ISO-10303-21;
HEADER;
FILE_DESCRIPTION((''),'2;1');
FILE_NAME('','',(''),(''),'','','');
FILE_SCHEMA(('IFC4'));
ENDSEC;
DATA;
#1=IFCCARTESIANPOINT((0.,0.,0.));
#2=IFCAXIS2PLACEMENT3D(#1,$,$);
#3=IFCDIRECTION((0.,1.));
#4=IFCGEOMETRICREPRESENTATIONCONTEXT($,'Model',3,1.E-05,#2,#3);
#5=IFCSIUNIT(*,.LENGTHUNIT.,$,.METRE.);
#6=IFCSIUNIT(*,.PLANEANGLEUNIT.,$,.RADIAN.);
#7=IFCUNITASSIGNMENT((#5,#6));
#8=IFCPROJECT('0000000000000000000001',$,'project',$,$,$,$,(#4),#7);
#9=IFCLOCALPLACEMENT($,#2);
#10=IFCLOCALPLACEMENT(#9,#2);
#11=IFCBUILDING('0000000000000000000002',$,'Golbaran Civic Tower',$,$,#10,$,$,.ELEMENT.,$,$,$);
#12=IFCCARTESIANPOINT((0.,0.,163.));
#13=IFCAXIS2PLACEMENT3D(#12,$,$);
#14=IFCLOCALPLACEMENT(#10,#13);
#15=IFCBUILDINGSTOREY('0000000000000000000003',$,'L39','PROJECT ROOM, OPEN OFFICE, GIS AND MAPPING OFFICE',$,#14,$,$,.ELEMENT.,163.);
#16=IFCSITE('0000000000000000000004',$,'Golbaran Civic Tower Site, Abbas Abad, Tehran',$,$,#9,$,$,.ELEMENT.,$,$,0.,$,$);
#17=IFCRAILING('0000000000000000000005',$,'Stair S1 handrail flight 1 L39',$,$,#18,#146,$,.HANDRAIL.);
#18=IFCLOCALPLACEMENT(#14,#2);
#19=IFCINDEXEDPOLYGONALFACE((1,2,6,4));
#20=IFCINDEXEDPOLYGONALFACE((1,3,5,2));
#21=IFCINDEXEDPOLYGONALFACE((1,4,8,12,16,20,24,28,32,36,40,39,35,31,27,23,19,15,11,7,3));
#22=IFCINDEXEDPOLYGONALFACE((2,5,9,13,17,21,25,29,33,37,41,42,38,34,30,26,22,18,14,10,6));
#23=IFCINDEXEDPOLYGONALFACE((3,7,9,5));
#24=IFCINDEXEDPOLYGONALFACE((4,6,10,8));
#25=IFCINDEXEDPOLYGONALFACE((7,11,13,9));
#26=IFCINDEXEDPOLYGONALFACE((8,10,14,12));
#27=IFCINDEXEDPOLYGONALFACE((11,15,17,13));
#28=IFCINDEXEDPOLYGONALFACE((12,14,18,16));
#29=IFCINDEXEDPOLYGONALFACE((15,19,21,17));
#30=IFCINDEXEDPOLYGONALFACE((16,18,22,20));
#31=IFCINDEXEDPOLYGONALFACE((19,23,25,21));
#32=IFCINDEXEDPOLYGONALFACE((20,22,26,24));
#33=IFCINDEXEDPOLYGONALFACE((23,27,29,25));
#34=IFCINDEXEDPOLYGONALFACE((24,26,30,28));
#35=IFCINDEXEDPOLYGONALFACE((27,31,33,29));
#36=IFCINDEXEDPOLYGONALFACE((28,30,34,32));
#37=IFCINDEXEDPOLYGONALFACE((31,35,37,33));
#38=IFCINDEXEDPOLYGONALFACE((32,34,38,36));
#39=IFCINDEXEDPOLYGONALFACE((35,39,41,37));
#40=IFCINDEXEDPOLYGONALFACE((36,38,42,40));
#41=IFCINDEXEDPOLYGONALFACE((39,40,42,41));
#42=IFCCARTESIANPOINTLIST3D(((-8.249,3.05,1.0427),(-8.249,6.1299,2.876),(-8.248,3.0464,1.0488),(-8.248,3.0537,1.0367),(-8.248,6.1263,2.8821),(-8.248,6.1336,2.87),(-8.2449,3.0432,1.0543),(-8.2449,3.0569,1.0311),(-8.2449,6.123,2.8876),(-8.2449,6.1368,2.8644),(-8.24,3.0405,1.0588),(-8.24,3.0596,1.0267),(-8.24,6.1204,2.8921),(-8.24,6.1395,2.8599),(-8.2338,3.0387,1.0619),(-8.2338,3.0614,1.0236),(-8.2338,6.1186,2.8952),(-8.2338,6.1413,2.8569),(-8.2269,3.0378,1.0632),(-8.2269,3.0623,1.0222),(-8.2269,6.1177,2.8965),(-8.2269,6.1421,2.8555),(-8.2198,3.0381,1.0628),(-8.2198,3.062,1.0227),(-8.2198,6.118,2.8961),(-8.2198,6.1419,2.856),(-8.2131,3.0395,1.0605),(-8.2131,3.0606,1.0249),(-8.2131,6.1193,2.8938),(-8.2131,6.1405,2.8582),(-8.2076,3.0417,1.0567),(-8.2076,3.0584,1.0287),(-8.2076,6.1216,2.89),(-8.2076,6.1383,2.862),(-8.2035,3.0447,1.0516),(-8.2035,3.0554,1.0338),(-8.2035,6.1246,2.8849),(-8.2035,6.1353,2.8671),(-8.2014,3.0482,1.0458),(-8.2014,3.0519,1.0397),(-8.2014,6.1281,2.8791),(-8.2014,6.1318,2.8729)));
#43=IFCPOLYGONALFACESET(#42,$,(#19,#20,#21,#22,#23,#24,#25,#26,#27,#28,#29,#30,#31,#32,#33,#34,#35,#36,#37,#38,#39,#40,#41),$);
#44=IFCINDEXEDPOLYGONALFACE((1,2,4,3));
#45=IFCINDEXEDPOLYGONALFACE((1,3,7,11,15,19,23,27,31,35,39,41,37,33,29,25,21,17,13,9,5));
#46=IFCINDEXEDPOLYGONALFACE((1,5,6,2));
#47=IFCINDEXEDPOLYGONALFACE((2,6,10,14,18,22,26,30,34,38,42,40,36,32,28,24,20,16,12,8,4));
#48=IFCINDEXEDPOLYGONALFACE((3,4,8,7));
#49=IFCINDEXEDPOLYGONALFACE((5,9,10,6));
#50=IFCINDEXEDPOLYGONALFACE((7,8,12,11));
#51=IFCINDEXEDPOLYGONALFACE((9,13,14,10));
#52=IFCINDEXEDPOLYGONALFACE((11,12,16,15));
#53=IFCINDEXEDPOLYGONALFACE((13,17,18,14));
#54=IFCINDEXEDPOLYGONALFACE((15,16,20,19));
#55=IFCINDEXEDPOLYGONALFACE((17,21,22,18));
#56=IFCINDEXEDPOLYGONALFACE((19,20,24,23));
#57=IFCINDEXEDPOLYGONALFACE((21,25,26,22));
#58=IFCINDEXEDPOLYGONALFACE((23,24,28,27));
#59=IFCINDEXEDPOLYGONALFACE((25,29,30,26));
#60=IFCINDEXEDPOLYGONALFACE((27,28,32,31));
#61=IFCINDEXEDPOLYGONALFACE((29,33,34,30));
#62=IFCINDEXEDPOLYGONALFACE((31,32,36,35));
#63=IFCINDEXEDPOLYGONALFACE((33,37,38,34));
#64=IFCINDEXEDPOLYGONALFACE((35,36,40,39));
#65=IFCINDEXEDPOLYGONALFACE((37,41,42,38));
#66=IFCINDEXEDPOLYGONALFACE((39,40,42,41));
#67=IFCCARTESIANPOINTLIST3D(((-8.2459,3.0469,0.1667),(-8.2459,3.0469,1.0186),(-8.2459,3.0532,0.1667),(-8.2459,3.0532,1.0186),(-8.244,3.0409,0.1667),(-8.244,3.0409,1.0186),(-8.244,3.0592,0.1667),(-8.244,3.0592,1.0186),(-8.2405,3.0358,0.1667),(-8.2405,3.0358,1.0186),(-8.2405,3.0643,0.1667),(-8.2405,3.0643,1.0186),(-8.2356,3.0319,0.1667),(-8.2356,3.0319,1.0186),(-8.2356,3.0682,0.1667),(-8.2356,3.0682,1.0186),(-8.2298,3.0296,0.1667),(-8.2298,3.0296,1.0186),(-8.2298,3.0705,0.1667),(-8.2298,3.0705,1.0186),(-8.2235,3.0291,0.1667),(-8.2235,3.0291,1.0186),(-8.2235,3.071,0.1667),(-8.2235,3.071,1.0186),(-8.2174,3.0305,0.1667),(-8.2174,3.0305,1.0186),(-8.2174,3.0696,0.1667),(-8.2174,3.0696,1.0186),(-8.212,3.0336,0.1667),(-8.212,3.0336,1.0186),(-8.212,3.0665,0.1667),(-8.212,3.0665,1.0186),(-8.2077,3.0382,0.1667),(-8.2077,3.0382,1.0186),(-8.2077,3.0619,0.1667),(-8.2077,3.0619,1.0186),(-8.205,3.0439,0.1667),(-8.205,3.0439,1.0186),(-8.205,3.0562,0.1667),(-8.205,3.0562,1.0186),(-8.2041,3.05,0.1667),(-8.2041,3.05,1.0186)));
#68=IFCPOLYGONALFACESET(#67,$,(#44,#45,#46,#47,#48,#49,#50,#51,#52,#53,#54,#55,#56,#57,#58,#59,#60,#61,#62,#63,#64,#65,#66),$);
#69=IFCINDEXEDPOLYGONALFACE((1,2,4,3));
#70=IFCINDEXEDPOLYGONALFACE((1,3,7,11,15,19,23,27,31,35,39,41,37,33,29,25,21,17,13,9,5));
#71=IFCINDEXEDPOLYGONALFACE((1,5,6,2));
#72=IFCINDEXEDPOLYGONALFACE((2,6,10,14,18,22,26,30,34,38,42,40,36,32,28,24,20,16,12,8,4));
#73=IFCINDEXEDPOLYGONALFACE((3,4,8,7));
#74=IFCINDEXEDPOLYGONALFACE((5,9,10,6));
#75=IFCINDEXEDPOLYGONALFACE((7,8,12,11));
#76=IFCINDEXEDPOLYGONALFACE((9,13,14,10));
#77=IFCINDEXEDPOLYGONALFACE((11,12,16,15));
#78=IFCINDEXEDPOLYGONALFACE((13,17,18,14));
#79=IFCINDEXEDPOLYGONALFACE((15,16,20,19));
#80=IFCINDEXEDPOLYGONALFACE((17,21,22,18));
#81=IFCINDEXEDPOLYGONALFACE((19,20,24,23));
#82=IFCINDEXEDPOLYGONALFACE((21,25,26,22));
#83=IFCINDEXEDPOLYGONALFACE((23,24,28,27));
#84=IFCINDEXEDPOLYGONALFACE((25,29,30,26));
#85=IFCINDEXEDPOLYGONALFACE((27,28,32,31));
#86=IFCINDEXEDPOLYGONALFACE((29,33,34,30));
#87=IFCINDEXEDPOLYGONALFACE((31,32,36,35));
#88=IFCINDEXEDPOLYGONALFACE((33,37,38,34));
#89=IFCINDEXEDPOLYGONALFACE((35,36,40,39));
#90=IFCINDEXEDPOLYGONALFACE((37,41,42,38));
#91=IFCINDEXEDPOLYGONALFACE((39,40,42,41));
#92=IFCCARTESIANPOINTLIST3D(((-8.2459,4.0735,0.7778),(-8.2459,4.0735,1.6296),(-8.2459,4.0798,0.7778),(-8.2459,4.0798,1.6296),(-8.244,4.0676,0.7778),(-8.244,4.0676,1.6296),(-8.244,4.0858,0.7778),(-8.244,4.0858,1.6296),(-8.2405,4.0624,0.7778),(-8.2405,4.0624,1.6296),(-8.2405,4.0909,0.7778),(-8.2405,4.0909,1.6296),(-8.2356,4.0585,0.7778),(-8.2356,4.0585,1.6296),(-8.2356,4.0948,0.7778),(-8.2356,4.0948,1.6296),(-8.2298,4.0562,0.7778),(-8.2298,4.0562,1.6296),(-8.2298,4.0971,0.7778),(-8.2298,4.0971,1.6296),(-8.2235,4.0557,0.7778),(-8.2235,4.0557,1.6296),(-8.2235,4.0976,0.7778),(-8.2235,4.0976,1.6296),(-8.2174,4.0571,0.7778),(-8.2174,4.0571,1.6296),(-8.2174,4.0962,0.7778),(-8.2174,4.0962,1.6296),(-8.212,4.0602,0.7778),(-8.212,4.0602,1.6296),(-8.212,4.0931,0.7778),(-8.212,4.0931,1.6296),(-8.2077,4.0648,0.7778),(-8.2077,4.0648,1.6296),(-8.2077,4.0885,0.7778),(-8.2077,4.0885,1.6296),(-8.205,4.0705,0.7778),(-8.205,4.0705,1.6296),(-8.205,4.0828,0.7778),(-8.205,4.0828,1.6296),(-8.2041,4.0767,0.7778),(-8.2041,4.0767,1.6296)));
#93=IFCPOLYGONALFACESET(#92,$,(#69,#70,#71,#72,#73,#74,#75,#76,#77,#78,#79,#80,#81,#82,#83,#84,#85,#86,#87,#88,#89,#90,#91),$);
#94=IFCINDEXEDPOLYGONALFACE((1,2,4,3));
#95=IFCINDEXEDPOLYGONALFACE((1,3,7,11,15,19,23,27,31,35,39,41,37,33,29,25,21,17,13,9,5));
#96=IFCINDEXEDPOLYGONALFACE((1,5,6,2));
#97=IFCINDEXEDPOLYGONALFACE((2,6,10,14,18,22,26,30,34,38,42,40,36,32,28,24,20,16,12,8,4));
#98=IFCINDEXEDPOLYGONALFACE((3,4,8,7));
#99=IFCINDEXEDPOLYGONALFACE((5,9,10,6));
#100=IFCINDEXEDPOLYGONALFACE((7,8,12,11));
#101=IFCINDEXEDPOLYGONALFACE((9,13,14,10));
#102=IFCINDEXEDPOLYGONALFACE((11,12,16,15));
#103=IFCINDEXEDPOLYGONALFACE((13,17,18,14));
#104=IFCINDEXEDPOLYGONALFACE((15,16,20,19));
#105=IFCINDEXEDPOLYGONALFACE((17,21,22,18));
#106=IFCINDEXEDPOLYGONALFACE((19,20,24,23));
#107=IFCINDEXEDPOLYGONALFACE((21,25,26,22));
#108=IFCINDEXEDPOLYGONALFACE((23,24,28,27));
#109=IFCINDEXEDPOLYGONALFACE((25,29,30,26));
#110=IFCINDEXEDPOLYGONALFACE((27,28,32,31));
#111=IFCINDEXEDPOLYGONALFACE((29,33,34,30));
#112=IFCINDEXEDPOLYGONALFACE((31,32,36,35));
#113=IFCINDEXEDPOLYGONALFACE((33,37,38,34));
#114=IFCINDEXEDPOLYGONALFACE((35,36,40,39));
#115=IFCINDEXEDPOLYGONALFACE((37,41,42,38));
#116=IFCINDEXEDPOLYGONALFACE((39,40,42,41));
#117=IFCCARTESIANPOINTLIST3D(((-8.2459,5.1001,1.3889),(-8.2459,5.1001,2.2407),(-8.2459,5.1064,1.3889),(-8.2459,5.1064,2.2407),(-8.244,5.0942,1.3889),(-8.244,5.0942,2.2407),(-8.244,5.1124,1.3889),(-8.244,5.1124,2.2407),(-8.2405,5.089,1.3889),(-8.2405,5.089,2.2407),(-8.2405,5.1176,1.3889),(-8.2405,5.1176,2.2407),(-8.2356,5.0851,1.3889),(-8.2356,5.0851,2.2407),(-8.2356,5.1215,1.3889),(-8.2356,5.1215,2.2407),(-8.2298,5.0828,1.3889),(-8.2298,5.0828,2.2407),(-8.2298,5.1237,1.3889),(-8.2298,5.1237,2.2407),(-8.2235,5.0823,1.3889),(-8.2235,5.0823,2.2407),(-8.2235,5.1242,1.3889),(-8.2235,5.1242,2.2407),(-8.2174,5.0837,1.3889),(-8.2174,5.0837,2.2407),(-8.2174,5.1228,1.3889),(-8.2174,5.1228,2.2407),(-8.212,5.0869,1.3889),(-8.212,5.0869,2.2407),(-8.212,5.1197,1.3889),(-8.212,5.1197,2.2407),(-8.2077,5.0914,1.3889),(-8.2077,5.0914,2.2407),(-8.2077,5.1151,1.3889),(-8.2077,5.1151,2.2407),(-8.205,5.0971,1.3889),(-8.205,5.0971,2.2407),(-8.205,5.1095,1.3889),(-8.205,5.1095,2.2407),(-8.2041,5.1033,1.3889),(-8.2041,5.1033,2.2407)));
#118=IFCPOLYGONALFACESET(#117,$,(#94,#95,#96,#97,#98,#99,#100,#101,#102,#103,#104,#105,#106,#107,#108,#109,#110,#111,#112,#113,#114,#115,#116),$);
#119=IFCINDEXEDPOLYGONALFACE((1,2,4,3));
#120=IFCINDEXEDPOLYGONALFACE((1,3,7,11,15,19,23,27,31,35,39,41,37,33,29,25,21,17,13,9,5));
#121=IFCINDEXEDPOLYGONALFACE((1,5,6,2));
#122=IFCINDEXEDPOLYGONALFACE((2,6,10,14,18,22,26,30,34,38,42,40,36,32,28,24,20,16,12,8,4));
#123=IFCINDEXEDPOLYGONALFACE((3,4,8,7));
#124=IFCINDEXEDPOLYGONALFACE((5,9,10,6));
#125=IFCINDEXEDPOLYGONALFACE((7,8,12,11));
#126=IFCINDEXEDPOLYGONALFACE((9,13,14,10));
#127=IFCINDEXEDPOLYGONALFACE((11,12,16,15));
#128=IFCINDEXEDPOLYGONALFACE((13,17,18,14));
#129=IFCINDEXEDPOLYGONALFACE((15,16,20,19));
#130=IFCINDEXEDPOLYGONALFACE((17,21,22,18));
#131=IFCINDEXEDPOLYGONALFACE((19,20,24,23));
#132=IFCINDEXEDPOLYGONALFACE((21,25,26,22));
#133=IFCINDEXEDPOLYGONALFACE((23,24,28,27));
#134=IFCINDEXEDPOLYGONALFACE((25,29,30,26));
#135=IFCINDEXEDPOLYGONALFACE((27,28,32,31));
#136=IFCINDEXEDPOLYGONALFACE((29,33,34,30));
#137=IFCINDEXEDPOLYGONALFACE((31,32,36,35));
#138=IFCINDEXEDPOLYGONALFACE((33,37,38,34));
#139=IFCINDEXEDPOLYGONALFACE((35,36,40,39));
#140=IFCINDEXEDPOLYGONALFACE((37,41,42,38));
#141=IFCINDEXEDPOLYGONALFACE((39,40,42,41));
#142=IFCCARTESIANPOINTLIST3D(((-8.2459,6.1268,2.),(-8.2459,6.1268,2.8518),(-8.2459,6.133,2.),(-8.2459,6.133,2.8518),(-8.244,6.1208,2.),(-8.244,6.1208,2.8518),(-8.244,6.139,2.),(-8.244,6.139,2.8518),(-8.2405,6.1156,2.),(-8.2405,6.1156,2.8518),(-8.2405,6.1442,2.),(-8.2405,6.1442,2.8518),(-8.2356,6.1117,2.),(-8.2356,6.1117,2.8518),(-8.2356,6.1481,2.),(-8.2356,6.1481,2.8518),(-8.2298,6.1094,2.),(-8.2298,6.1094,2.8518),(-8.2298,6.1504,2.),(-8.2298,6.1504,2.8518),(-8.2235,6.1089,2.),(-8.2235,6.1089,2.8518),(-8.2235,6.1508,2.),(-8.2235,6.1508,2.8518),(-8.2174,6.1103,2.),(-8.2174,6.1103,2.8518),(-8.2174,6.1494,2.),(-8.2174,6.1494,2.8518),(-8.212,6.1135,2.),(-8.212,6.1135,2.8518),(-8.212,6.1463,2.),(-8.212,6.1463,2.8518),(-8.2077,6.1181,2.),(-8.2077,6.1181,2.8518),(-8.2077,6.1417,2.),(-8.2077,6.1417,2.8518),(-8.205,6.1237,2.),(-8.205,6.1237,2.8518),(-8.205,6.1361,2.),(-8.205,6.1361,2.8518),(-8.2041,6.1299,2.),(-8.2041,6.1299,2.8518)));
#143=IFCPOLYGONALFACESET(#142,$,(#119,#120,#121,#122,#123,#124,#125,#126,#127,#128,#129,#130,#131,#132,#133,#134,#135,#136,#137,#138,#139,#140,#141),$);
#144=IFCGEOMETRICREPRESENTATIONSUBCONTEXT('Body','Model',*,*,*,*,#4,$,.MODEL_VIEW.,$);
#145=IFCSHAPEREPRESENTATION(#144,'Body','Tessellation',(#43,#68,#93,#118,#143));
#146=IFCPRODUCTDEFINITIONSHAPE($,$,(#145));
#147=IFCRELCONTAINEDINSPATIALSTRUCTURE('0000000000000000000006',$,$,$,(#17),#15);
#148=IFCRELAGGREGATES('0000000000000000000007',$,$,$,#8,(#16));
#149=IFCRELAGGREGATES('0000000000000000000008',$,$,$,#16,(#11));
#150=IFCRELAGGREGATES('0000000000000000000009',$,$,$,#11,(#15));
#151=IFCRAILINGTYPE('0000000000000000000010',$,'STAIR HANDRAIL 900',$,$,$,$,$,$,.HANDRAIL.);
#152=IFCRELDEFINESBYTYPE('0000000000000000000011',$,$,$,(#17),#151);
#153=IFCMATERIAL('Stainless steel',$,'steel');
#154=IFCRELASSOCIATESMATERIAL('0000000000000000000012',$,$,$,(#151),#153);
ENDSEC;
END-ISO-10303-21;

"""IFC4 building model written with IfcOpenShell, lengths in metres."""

from ifc_helpers import new_model, si_unit, direction, frame, origin, origin_2d, place, context, subcontext, project, spatial, circle, extrude, material, type_object, element, save


model = new_model("IFC4")

# Units and contexts
model_context = context("Model", 3, precision=1e-05, world=origin(), true_north=direction((0.0, 1.0)))
body_context = subcontext(model_context, "Body", "Model", "MODEL_VIEW")
ifc_project = project(units=[si_unit("LENGTHUNIT", "METRE"), si_unit("PLANEANGLEUNIT", "RADIAN")], contexts=[model_context])

# Site, building, storey
site_placement = place(None, origin())
site = spatial("IfcSite", under=ifc_project, at=site_placement, Name="Golbaran Civic Tower Site, Abbas Abad, Tehran", CompositionType="ELEMENT", RefElevation=0.0)
building_placement = place(site_placement, origin())
building = spatial("IfcBuilding", under=site, at=building_placement, Name="Golbaran Civic Tower", CompositionType="ELEMENT")
storey_placement = place(building_placement, frame((0.0, 0.0, 163.0)))
storey = spatial("IfcBuildingStorey", under=building, at=storey_placement, Name="L39", Description="PROJECT ROOM, OPEN OFFICE, GIS AND MAPPING OFFICE", CompositionType="ELEMENT", Elevation=163.0)

# Shared definitions
ifc_material_1 = material(Name="Stainless steel", Category="steel")

# Railing
railing_type = type_object("IfcRailingType", Name="STAIR HANDRAIL 900", PredefinedType="HANDRAIL", material=ifc_material_1)
railing_1_placement = place(storey_placement, frame((-8.2251, 3.05, 0.1667)))
element("IfcRailing", 1, at=railing_1_placement, inside=storey, type_object=railing_type, Name="Stair S1 handrail flight 1 L39", PredefinedType="HANDRAIL", context=body_context, shape_type="SweptSolid", body=[
    extrude(circle(Radius=0.0239, at=origin_2d()), frame((0.0, 0.0, 0.876), z_axis=(0.0, 0.859291, 0.511487), x_axis=(-1.0, 0.0, 0.0)), (0.0, 0.0, 1.0), 3.5842),
    extrude(circle(Radius=0.021, at=origin_2d()), origin(), (0.0, 0.0, 1.0), 0.8518),
    extrude(circle(Radius=0.021, at=origin_2d()), frame((0.0, 1.0266, 0.6111)), (0.0, 0.0, 1.0), 0.8518),
    extrude(circle(Radius=0.021, at=origin_2d()), frame((0.0, 2.0532, 1.2222)), (0.0, 0.0, 1.0), 0.8518),
    extrude(circle(Radius=0.021, at=origin_2d()), frame((0.0, 3.0798, 1.8333)), (0.0, 0.0, 1.0), 0.8518),
])

save(model, "model.ifc")
